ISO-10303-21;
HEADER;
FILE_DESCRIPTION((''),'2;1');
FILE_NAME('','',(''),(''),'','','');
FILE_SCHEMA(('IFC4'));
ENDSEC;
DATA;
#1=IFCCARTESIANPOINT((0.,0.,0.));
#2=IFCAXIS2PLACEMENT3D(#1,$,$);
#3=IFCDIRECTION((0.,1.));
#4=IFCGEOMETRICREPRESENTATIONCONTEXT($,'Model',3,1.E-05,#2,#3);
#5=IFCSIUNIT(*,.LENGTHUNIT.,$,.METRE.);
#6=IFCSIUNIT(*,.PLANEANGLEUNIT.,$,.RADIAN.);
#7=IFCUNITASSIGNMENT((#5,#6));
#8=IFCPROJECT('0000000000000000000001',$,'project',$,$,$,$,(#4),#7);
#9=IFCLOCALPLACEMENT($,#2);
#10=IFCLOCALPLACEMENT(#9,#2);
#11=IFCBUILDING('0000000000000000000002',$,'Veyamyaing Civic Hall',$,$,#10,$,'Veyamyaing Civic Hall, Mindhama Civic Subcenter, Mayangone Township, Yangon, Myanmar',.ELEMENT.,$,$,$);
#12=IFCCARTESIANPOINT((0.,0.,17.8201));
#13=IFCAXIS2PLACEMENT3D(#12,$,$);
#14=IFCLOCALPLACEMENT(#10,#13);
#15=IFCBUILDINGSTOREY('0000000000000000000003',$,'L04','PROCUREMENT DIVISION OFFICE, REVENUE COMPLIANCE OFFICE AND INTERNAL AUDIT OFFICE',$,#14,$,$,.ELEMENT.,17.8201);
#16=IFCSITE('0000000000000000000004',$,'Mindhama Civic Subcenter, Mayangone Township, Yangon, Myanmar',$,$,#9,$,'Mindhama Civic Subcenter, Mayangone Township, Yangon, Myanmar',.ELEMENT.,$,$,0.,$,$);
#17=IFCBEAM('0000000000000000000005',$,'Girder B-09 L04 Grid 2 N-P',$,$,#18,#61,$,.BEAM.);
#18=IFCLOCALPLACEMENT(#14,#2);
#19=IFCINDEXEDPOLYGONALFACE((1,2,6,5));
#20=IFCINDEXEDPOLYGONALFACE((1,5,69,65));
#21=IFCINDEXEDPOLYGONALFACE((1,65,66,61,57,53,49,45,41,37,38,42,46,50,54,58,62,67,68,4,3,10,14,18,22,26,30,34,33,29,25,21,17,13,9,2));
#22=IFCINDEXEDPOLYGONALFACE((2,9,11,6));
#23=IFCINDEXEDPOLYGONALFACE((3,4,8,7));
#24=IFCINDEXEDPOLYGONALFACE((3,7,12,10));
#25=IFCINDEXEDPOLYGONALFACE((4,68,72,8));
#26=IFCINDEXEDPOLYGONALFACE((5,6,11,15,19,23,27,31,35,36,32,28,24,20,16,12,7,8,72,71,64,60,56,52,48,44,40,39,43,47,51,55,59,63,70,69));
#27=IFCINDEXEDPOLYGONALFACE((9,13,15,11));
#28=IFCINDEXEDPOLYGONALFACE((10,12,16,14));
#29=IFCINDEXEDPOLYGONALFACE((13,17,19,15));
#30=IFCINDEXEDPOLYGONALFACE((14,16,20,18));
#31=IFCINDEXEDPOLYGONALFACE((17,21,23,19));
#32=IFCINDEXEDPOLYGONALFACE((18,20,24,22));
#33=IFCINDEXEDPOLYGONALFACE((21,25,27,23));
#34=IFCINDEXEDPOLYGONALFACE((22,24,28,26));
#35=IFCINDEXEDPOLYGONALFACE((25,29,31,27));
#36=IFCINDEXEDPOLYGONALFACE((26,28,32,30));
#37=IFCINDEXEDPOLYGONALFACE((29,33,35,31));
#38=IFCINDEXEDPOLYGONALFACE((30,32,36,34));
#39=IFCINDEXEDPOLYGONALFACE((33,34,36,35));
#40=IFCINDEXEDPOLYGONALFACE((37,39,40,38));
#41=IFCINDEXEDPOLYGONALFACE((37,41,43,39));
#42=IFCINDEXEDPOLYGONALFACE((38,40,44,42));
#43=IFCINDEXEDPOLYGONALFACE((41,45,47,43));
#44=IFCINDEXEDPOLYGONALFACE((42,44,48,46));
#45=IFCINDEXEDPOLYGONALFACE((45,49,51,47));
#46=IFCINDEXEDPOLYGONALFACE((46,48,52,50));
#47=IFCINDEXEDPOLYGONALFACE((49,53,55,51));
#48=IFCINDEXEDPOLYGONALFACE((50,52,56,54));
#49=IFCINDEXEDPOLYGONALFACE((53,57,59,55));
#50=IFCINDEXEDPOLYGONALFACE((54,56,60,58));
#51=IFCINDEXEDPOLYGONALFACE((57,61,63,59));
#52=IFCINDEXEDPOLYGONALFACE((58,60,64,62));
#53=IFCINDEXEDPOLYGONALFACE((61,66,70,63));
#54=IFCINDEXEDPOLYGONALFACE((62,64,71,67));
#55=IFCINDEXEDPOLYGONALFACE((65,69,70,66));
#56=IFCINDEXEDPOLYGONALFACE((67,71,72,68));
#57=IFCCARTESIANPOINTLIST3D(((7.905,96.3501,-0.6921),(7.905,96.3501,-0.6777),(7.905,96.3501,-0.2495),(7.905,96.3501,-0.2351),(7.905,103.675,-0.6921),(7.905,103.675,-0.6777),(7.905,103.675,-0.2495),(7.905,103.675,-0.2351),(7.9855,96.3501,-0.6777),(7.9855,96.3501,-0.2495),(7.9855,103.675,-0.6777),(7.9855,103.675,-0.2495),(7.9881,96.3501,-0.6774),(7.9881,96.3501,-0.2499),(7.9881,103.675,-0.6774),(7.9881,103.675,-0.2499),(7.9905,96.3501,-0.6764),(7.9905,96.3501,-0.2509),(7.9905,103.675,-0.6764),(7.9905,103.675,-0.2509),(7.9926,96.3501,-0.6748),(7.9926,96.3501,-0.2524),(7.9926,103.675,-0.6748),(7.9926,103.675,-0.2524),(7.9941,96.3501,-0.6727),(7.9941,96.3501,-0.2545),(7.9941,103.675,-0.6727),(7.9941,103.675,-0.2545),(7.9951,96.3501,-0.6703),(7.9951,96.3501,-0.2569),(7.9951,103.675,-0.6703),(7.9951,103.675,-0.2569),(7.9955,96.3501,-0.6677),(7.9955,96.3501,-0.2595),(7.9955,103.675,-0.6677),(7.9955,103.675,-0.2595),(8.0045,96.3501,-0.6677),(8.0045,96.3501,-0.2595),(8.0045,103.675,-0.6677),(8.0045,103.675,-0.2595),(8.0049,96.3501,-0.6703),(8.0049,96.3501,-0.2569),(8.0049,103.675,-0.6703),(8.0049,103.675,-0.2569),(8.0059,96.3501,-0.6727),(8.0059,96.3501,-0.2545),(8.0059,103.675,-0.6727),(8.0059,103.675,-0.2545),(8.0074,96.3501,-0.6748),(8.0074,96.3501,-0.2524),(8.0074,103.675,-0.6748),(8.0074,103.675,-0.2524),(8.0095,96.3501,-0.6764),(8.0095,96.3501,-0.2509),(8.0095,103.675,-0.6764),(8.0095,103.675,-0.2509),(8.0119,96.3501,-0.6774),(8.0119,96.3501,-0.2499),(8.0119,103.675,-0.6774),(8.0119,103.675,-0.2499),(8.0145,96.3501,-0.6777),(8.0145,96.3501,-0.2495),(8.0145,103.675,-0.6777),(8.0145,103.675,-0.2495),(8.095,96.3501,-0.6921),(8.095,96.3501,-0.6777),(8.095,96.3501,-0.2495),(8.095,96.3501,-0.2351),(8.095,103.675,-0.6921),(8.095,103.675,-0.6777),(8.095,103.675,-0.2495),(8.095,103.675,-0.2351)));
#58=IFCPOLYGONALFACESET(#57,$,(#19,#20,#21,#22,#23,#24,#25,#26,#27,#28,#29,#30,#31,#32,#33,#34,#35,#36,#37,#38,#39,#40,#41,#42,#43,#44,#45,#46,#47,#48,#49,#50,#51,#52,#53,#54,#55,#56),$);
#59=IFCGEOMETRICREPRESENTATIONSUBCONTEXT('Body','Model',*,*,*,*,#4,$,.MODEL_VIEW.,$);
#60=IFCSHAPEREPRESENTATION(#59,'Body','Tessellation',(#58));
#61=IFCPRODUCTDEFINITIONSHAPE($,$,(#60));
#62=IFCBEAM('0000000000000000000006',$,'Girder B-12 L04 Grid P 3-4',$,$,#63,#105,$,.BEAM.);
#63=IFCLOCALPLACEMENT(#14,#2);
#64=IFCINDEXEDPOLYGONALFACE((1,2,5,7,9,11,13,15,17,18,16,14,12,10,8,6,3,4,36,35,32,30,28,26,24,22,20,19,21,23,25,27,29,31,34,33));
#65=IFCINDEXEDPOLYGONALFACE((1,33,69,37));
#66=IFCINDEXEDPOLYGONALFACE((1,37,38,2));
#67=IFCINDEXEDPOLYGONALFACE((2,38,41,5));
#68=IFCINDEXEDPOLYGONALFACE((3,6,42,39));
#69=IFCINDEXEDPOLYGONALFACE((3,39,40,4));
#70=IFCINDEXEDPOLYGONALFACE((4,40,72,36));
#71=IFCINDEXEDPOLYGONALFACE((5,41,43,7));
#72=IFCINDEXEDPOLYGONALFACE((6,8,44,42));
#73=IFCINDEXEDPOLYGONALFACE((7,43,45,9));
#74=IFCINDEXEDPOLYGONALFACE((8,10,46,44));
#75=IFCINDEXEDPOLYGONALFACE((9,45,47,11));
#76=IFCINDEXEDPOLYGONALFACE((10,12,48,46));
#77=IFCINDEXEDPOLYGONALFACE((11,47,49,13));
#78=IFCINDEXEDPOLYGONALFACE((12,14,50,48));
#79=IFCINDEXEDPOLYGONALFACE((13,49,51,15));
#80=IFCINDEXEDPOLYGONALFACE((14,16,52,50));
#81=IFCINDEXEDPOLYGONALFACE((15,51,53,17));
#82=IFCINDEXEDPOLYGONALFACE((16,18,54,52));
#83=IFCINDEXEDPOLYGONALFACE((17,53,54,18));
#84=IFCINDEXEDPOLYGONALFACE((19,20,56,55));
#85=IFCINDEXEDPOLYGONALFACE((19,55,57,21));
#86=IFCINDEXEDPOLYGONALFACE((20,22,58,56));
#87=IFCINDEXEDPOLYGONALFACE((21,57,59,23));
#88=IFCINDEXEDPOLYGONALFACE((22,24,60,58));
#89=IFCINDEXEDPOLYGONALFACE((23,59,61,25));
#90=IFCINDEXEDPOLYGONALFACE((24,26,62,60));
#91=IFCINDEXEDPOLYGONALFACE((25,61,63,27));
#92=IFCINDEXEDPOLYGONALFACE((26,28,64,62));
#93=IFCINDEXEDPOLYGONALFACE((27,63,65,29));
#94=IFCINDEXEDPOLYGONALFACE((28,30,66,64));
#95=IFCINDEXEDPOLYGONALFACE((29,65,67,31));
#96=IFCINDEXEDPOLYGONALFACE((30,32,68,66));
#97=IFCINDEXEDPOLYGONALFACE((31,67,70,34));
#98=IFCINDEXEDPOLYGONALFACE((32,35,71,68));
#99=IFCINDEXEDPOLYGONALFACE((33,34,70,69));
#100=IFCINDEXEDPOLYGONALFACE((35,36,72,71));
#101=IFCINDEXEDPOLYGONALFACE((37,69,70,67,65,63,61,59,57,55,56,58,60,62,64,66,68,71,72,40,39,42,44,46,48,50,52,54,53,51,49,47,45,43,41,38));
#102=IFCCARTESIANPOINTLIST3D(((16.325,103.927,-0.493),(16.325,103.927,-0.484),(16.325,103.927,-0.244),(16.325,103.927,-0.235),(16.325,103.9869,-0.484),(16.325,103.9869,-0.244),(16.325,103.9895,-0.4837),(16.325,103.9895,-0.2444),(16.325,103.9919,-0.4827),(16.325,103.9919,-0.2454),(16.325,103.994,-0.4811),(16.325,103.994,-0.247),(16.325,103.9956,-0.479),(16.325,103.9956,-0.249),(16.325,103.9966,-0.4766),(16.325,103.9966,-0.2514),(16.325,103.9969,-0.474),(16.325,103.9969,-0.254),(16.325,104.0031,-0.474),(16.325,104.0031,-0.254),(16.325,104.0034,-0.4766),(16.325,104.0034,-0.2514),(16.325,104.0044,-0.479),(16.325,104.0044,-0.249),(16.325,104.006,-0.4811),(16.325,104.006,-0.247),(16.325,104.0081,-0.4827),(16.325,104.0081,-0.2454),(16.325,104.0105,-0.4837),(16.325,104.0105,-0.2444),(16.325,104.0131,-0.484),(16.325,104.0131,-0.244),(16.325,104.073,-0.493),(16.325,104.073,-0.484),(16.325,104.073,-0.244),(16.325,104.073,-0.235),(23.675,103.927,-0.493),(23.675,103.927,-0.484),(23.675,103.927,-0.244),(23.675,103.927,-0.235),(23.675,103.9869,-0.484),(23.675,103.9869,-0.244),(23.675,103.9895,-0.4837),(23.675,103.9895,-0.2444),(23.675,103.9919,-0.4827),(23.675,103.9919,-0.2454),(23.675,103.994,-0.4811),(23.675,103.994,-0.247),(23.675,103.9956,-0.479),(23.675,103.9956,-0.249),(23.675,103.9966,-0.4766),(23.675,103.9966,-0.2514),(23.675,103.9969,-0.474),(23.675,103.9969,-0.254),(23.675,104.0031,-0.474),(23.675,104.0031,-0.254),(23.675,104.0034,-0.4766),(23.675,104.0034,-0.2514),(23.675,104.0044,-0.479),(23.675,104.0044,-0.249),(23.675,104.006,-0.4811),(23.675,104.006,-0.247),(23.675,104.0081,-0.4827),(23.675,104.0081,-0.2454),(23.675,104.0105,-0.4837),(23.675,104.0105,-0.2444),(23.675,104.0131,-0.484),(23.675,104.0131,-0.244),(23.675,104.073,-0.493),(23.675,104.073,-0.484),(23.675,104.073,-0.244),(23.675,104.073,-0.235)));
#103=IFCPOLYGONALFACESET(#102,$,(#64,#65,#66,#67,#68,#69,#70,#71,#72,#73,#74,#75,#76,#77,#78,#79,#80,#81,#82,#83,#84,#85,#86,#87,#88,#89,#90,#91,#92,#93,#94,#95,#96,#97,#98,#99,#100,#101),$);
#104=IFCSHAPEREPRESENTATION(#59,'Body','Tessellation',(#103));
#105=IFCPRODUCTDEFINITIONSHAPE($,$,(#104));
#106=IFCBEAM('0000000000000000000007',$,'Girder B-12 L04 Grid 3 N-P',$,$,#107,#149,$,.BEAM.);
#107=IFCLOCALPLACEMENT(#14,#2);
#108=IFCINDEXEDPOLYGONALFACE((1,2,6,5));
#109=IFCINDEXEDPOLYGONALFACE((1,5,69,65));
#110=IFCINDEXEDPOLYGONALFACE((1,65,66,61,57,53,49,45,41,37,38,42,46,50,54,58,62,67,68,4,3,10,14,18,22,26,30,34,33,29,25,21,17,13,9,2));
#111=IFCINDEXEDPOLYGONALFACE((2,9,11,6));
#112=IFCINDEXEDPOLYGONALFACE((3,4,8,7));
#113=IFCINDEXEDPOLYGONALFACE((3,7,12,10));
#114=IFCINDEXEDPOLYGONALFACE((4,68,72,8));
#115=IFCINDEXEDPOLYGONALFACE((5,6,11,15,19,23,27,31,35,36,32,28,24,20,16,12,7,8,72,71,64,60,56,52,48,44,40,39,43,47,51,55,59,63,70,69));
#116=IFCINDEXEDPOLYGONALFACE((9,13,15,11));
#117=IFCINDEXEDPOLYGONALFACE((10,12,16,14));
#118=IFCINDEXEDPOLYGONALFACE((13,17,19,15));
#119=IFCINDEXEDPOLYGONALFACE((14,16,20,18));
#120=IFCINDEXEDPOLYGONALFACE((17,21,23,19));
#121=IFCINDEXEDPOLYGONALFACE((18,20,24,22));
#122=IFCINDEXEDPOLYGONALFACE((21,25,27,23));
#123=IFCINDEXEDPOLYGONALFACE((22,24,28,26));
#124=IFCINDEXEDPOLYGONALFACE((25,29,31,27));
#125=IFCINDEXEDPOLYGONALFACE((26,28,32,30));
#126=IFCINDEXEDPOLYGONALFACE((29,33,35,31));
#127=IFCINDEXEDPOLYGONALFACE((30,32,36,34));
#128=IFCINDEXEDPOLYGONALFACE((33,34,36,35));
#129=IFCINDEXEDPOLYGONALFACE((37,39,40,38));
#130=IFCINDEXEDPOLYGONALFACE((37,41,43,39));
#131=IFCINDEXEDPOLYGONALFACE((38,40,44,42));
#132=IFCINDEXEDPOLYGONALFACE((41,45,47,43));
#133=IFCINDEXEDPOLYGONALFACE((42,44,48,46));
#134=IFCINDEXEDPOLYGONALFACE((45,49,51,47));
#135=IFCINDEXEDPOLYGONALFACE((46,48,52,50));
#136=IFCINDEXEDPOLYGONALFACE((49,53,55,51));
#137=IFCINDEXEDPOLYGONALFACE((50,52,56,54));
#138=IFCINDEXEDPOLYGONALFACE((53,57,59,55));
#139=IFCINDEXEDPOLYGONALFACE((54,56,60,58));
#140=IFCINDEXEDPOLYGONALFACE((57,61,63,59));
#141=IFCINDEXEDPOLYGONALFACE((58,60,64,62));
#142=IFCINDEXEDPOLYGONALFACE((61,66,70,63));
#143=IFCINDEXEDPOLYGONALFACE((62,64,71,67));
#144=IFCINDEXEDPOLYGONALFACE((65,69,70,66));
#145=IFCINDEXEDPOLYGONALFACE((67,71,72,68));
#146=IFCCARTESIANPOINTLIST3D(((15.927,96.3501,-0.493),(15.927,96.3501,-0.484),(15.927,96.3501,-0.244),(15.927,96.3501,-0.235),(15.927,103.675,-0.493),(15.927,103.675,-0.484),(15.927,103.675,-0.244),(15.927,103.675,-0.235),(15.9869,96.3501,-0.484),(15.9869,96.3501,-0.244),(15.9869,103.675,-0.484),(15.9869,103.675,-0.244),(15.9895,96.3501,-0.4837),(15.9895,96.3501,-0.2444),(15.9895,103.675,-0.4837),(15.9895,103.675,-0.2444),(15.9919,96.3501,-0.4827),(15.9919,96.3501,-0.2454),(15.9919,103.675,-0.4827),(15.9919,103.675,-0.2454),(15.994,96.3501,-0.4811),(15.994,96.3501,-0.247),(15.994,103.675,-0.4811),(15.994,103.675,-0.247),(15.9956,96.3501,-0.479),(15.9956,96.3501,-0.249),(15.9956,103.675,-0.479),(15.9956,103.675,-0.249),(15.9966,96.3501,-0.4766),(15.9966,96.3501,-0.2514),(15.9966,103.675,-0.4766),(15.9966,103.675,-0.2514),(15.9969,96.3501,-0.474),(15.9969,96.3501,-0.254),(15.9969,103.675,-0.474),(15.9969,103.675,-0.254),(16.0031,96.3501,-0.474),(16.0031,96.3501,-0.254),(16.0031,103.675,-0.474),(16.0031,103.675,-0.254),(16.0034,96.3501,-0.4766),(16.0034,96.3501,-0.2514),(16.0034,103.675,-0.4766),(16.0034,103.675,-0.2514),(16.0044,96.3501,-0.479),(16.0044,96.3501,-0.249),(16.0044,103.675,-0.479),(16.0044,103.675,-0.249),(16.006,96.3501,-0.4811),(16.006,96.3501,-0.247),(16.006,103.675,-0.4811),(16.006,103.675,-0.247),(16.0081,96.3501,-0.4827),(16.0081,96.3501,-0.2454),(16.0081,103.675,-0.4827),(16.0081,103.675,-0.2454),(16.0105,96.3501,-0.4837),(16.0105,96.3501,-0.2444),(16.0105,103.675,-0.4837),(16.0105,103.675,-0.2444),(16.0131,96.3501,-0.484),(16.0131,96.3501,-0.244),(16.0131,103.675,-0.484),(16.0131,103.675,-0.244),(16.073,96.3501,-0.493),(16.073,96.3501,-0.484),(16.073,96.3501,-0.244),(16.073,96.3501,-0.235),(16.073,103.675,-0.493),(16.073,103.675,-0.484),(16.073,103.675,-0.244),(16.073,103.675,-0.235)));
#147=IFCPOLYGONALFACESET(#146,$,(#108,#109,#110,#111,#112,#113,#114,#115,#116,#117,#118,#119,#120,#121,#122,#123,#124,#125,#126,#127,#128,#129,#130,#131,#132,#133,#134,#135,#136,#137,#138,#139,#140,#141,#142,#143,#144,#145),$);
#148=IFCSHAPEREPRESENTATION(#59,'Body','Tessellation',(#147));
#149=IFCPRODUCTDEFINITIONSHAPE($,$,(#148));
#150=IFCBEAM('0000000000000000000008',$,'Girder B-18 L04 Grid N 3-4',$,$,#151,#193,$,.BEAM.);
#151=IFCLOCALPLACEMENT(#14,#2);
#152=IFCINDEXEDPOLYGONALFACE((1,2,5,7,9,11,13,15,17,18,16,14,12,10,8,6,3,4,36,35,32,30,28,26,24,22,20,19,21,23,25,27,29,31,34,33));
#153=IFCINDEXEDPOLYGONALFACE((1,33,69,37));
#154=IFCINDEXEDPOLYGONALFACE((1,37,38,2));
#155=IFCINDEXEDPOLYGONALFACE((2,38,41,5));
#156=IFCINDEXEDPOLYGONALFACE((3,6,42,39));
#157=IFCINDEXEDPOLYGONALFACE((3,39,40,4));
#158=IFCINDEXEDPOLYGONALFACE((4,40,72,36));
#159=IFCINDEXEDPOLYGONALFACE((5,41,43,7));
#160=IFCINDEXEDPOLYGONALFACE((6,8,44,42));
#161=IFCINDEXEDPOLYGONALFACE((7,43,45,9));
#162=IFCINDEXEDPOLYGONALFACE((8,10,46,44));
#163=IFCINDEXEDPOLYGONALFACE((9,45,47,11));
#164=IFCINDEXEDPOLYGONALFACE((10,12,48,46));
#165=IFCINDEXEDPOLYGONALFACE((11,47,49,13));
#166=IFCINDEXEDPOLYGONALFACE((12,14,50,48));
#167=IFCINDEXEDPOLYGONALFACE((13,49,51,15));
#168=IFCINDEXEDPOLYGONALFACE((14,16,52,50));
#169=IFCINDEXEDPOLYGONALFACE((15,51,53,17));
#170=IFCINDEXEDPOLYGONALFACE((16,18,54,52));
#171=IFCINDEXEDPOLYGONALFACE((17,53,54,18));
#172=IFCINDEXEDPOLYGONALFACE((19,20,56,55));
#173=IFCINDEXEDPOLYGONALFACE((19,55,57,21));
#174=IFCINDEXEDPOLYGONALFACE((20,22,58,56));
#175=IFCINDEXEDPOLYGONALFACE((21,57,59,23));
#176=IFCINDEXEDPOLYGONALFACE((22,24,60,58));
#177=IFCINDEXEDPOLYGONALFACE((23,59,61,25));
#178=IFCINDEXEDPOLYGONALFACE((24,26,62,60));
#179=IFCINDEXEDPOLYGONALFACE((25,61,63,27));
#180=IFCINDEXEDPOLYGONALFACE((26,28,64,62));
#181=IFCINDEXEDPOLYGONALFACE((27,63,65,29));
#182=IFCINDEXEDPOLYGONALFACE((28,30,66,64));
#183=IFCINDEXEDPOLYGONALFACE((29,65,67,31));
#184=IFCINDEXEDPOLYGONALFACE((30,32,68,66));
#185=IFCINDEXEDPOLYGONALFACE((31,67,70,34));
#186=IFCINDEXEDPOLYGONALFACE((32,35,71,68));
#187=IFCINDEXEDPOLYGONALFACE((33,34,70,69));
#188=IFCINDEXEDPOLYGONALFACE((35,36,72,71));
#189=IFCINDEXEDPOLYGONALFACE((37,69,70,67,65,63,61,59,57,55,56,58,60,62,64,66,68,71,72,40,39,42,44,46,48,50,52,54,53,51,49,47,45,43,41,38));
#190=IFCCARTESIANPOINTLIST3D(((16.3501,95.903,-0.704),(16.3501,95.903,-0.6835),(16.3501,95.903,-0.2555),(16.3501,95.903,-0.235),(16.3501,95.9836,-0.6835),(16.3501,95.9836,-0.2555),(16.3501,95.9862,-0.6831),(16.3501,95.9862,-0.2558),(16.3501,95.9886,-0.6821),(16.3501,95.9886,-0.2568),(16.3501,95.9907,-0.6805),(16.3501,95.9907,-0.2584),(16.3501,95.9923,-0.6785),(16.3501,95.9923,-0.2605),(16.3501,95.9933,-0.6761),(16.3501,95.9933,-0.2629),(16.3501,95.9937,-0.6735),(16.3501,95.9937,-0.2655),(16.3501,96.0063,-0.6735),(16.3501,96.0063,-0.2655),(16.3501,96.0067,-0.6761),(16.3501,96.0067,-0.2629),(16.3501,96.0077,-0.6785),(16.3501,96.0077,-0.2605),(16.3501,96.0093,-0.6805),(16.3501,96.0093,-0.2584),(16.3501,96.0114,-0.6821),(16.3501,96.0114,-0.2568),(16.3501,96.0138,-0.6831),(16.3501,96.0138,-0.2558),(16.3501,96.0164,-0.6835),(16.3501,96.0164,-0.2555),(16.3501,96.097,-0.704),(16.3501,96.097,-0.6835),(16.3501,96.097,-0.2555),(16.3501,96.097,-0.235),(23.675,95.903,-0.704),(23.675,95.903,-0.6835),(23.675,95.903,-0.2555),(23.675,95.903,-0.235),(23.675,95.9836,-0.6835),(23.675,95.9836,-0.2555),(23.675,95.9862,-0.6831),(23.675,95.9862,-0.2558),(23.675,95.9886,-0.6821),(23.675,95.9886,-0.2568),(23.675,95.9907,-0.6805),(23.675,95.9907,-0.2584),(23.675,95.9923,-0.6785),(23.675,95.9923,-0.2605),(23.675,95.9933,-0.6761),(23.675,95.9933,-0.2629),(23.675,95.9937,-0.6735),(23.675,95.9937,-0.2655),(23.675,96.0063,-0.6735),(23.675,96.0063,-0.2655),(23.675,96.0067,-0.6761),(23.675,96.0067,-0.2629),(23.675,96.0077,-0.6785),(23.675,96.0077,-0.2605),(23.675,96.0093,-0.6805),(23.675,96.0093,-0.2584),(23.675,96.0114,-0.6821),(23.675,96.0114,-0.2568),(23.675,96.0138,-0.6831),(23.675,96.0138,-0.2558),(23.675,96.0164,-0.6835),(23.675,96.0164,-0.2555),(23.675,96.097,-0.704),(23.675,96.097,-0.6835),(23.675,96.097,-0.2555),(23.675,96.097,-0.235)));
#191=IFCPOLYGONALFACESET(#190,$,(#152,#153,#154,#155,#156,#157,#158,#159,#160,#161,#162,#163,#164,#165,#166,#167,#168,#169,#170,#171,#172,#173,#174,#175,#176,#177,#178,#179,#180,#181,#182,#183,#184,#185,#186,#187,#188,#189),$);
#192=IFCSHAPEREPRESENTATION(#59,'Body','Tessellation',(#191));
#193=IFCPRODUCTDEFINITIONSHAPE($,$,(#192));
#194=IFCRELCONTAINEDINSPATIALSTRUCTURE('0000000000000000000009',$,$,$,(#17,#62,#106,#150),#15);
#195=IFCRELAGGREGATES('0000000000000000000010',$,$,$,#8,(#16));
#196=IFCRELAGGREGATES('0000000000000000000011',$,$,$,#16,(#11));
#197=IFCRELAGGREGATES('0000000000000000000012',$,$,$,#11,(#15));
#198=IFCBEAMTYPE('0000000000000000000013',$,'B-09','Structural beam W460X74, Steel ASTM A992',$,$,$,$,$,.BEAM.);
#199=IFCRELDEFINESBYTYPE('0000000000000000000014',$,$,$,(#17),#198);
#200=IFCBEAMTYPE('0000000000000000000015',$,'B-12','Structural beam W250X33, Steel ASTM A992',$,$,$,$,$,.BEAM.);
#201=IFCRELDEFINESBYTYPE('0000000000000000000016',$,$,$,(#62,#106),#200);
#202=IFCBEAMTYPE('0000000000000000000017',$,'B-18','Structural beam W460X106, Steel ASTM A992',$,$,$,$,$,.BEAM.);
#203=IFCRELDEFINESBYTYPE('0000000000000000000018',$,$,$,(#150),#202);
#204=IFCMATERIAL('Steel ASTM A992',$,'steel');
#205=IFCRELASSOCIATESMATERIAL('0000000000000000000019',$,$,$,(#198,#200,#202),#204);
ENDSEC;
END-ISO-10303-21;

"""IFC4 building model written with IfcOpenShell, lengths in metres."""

from ifc_helpers import new_model, si_unit, direction, frame, origin, origin_2d, place, context, subcontext, project, spatial, i_section, extrude, material, material_profile, profile_set, type_object, element, save


model = new_model("IFC4")

# Units and contexts
model_context = context("Model", 3, precision=1e-05, world=origin(), true_north=direction((0.0, 1.0)))
body_context = subcontext(model_context, "Body", "Model", "MODEL_VIEW")
ifc_project = project(units=[si_unit("LENGTHUNIT", "METRE"), si_unit("PLANEANGLEUNIT", "RADIAN")], contexts=[model_context])

# Site, building, storey
site_placement = place(None, origin())
site = spatial("IfcSite", under=ifc_project, at=site_placement, Name="Mindhama Civic Subcenter, Mayangone Township, Yangon, Myanmar", LongName="Mindhama Civic Subcenter, Mayangone Township, Yangon, Myanmar", CompositionType="ELEMENT", RefElevation=0.0)
building_placement = place(site_placement, origin())
building = spatial("IfcBuilding", under=site, at=building_placement, Name="Veyamyaing Civic Hall", LongName="Veyamyaing Civic Hall, Mindhama Civic Subcenter, Mayangone Township, Yangon, Myanmar", CompositionType="ELEMENT")
storey_placement = place(building_placement, frame((0.0, 0.0, 17.8201)))
storey = spatial("IfcBuildingStorey", under=building, at=storey_placement, Name="L04", Description="PROCUREMENT DIVISION OFFICE, REVENUE COMPLIANCE OFFICE AND INTERNAL AUDIT OFFICE", CompositionType="ELEMENT", Elevation=17.8201)

# Beams
ifc_material_1 = material(Name="Steel ASTM A992", Category="steel")
ifc_material_profile_1 = material_profile(ifc_material_1, i_section(OverallWidth=0.1899, OverallDepth=0.457, WebThickness=0.009, FlangeThickness=0.0144, FilletRadius=0.01, at=origin_2d()), Name="W460X74")
ifc_profile_set_1 = profile_set([ifc_material_profile_1], Name="Steel ASTM A992")
beam_type_1 = type_object("IfcBeamType", Name="B-09", Description="Structural beam W460X74, Steel ASTM A992", PredefinedType="BEAM", material=ifc_profile_set_1)
beam_1_placement = place(storey_placement, frame((8.0, 96.3501, -0.4636), z_axis=(0.0, 1.0, 0.0), x_axis=(-1.0, 0.0, 0.0)))
element("IfcBeam", 1, at=beam_1_placement, inside=storey, type_object=beam_type_1, Name="Girder B-09 L04 Grid 2 N-P", PredefinedType="BEAM", context=body_context, shape_type="SweptSolid", body=[
    extrude(i_section(OverallWidth=0.1899, OverallDepth=0.457, WebThickness=0.009, FlangeThickness=0.0144, FilletRadius=0.01, at=origin_2d()), origin(), (0.0, 0.0, 1.0), 7.325),
])
ifc_material_profile_2 = material_profile(ifc_material_1, i_section(OverallWidth=0.146, OverallDepth=0.2581, WebThickness=0.0061, FlangeThickness=0.009, FilletRadius=0.01, at=origin_2d()), Name="W250X33")
ifc_profile_set_2 = profile_set([ifc_material_profile_2], Name="Steel ASTM A992")
beam_type_2 = type_object("IfcBeamType", Name="B-12", Description="Structural beam W250X33, Steel ASTM A992", PredefinedType="BEAM", material=ifc_profile_set_2)
beam_2_placement = place(storey_placement, frame((16.325, 104.0, -0.364), z_axis=(1.0, 0.0, 0.0), x_axis=(0.0, 1.0, 0.0)))
element("IfcBeam", 2, at=beam_2_placement, inside=storey, type_object=beam_type_2, Name="Girder B-12 L04 Grid P 3-4", PredefinedType="BEAM", context=body_context, shape_type="SweptSolid", body=[
    extrude(i_section(OverallWidth=0.146, OverallDepth=0.2581, WebThickness=0.0061, FlangeThickness=0.009, FilletRadius=0.01, at=origin_2d()), origin(), (0.0, 0.0, 1.0), 7.3501),
])
beam_3_placement = place(storey_placement, frame((16.0, 96.3501, -0.364), z_axis=(0.0, 1.0, 0.0), x_axis=(-1.0, 0.0, 0.0)))
element("IfcBeam", 3, at=beam_3_placement, inside=storey, type_object=beam_type_2, Name="Girder B-12 L04 Grid 3 N-P", PredefinedType="BEAM", context=body_context, shape_type="SweptSolid", body=[
    extrude(i_section(OverallWidth=0.146, OverallDepth=0.2581, WebThickness=0.0061, FlangeThickness=0.009, FilletRadius=0.01, at=origin_2d()), origin(), (0.0, 0.0, 1.0), 7.325),
])
ifc_material_profile_3 = material_profile(ifc_material_1, i_section(OverallWidth=0.1941, OverallDepth=0.469, WebThickness=0.0127, FlangeThickness=0.0205, FilletRadius=0.01, at=origin_2d()), Name="W460X106")
ifc_profile_set_3 = profile_set([ifc_material_profile_3], Name="Steel ASTM A992")
beam_type_3 = type_object("IfcBeamType", Name="B-18", Description="Structural beam W460X106, Steel ASTM A992", PredefinedType="BEAM", material=ifc_profile_set_3)
beam_4_placement = place(storey_placement, frame((16.3501, 96.0, -0.4695), z_axis=(1.0, 0.0, 0.0), x_axis=(0.0, 1.0, 0.0)))
element("IfcBeam", 4, at=beam_4_placement, inside=storey, type_object=beam_type_3, Name="Girder B-18 L04 Grid N 3-4", PredefinedType="BEAM", context=body_context, shape_type="SweptSolid", body=[
    extrude(i_section(OverallWidth=0.1941, OverallDepth=0.469, WebThickness=0.0127, FlangeThickness=0.0205, FilletRadius=0.01, at=origin_2d()), origin(), (0.0, 0.0, 1.0), 7.325),
])

save(model, "model.ifc")
